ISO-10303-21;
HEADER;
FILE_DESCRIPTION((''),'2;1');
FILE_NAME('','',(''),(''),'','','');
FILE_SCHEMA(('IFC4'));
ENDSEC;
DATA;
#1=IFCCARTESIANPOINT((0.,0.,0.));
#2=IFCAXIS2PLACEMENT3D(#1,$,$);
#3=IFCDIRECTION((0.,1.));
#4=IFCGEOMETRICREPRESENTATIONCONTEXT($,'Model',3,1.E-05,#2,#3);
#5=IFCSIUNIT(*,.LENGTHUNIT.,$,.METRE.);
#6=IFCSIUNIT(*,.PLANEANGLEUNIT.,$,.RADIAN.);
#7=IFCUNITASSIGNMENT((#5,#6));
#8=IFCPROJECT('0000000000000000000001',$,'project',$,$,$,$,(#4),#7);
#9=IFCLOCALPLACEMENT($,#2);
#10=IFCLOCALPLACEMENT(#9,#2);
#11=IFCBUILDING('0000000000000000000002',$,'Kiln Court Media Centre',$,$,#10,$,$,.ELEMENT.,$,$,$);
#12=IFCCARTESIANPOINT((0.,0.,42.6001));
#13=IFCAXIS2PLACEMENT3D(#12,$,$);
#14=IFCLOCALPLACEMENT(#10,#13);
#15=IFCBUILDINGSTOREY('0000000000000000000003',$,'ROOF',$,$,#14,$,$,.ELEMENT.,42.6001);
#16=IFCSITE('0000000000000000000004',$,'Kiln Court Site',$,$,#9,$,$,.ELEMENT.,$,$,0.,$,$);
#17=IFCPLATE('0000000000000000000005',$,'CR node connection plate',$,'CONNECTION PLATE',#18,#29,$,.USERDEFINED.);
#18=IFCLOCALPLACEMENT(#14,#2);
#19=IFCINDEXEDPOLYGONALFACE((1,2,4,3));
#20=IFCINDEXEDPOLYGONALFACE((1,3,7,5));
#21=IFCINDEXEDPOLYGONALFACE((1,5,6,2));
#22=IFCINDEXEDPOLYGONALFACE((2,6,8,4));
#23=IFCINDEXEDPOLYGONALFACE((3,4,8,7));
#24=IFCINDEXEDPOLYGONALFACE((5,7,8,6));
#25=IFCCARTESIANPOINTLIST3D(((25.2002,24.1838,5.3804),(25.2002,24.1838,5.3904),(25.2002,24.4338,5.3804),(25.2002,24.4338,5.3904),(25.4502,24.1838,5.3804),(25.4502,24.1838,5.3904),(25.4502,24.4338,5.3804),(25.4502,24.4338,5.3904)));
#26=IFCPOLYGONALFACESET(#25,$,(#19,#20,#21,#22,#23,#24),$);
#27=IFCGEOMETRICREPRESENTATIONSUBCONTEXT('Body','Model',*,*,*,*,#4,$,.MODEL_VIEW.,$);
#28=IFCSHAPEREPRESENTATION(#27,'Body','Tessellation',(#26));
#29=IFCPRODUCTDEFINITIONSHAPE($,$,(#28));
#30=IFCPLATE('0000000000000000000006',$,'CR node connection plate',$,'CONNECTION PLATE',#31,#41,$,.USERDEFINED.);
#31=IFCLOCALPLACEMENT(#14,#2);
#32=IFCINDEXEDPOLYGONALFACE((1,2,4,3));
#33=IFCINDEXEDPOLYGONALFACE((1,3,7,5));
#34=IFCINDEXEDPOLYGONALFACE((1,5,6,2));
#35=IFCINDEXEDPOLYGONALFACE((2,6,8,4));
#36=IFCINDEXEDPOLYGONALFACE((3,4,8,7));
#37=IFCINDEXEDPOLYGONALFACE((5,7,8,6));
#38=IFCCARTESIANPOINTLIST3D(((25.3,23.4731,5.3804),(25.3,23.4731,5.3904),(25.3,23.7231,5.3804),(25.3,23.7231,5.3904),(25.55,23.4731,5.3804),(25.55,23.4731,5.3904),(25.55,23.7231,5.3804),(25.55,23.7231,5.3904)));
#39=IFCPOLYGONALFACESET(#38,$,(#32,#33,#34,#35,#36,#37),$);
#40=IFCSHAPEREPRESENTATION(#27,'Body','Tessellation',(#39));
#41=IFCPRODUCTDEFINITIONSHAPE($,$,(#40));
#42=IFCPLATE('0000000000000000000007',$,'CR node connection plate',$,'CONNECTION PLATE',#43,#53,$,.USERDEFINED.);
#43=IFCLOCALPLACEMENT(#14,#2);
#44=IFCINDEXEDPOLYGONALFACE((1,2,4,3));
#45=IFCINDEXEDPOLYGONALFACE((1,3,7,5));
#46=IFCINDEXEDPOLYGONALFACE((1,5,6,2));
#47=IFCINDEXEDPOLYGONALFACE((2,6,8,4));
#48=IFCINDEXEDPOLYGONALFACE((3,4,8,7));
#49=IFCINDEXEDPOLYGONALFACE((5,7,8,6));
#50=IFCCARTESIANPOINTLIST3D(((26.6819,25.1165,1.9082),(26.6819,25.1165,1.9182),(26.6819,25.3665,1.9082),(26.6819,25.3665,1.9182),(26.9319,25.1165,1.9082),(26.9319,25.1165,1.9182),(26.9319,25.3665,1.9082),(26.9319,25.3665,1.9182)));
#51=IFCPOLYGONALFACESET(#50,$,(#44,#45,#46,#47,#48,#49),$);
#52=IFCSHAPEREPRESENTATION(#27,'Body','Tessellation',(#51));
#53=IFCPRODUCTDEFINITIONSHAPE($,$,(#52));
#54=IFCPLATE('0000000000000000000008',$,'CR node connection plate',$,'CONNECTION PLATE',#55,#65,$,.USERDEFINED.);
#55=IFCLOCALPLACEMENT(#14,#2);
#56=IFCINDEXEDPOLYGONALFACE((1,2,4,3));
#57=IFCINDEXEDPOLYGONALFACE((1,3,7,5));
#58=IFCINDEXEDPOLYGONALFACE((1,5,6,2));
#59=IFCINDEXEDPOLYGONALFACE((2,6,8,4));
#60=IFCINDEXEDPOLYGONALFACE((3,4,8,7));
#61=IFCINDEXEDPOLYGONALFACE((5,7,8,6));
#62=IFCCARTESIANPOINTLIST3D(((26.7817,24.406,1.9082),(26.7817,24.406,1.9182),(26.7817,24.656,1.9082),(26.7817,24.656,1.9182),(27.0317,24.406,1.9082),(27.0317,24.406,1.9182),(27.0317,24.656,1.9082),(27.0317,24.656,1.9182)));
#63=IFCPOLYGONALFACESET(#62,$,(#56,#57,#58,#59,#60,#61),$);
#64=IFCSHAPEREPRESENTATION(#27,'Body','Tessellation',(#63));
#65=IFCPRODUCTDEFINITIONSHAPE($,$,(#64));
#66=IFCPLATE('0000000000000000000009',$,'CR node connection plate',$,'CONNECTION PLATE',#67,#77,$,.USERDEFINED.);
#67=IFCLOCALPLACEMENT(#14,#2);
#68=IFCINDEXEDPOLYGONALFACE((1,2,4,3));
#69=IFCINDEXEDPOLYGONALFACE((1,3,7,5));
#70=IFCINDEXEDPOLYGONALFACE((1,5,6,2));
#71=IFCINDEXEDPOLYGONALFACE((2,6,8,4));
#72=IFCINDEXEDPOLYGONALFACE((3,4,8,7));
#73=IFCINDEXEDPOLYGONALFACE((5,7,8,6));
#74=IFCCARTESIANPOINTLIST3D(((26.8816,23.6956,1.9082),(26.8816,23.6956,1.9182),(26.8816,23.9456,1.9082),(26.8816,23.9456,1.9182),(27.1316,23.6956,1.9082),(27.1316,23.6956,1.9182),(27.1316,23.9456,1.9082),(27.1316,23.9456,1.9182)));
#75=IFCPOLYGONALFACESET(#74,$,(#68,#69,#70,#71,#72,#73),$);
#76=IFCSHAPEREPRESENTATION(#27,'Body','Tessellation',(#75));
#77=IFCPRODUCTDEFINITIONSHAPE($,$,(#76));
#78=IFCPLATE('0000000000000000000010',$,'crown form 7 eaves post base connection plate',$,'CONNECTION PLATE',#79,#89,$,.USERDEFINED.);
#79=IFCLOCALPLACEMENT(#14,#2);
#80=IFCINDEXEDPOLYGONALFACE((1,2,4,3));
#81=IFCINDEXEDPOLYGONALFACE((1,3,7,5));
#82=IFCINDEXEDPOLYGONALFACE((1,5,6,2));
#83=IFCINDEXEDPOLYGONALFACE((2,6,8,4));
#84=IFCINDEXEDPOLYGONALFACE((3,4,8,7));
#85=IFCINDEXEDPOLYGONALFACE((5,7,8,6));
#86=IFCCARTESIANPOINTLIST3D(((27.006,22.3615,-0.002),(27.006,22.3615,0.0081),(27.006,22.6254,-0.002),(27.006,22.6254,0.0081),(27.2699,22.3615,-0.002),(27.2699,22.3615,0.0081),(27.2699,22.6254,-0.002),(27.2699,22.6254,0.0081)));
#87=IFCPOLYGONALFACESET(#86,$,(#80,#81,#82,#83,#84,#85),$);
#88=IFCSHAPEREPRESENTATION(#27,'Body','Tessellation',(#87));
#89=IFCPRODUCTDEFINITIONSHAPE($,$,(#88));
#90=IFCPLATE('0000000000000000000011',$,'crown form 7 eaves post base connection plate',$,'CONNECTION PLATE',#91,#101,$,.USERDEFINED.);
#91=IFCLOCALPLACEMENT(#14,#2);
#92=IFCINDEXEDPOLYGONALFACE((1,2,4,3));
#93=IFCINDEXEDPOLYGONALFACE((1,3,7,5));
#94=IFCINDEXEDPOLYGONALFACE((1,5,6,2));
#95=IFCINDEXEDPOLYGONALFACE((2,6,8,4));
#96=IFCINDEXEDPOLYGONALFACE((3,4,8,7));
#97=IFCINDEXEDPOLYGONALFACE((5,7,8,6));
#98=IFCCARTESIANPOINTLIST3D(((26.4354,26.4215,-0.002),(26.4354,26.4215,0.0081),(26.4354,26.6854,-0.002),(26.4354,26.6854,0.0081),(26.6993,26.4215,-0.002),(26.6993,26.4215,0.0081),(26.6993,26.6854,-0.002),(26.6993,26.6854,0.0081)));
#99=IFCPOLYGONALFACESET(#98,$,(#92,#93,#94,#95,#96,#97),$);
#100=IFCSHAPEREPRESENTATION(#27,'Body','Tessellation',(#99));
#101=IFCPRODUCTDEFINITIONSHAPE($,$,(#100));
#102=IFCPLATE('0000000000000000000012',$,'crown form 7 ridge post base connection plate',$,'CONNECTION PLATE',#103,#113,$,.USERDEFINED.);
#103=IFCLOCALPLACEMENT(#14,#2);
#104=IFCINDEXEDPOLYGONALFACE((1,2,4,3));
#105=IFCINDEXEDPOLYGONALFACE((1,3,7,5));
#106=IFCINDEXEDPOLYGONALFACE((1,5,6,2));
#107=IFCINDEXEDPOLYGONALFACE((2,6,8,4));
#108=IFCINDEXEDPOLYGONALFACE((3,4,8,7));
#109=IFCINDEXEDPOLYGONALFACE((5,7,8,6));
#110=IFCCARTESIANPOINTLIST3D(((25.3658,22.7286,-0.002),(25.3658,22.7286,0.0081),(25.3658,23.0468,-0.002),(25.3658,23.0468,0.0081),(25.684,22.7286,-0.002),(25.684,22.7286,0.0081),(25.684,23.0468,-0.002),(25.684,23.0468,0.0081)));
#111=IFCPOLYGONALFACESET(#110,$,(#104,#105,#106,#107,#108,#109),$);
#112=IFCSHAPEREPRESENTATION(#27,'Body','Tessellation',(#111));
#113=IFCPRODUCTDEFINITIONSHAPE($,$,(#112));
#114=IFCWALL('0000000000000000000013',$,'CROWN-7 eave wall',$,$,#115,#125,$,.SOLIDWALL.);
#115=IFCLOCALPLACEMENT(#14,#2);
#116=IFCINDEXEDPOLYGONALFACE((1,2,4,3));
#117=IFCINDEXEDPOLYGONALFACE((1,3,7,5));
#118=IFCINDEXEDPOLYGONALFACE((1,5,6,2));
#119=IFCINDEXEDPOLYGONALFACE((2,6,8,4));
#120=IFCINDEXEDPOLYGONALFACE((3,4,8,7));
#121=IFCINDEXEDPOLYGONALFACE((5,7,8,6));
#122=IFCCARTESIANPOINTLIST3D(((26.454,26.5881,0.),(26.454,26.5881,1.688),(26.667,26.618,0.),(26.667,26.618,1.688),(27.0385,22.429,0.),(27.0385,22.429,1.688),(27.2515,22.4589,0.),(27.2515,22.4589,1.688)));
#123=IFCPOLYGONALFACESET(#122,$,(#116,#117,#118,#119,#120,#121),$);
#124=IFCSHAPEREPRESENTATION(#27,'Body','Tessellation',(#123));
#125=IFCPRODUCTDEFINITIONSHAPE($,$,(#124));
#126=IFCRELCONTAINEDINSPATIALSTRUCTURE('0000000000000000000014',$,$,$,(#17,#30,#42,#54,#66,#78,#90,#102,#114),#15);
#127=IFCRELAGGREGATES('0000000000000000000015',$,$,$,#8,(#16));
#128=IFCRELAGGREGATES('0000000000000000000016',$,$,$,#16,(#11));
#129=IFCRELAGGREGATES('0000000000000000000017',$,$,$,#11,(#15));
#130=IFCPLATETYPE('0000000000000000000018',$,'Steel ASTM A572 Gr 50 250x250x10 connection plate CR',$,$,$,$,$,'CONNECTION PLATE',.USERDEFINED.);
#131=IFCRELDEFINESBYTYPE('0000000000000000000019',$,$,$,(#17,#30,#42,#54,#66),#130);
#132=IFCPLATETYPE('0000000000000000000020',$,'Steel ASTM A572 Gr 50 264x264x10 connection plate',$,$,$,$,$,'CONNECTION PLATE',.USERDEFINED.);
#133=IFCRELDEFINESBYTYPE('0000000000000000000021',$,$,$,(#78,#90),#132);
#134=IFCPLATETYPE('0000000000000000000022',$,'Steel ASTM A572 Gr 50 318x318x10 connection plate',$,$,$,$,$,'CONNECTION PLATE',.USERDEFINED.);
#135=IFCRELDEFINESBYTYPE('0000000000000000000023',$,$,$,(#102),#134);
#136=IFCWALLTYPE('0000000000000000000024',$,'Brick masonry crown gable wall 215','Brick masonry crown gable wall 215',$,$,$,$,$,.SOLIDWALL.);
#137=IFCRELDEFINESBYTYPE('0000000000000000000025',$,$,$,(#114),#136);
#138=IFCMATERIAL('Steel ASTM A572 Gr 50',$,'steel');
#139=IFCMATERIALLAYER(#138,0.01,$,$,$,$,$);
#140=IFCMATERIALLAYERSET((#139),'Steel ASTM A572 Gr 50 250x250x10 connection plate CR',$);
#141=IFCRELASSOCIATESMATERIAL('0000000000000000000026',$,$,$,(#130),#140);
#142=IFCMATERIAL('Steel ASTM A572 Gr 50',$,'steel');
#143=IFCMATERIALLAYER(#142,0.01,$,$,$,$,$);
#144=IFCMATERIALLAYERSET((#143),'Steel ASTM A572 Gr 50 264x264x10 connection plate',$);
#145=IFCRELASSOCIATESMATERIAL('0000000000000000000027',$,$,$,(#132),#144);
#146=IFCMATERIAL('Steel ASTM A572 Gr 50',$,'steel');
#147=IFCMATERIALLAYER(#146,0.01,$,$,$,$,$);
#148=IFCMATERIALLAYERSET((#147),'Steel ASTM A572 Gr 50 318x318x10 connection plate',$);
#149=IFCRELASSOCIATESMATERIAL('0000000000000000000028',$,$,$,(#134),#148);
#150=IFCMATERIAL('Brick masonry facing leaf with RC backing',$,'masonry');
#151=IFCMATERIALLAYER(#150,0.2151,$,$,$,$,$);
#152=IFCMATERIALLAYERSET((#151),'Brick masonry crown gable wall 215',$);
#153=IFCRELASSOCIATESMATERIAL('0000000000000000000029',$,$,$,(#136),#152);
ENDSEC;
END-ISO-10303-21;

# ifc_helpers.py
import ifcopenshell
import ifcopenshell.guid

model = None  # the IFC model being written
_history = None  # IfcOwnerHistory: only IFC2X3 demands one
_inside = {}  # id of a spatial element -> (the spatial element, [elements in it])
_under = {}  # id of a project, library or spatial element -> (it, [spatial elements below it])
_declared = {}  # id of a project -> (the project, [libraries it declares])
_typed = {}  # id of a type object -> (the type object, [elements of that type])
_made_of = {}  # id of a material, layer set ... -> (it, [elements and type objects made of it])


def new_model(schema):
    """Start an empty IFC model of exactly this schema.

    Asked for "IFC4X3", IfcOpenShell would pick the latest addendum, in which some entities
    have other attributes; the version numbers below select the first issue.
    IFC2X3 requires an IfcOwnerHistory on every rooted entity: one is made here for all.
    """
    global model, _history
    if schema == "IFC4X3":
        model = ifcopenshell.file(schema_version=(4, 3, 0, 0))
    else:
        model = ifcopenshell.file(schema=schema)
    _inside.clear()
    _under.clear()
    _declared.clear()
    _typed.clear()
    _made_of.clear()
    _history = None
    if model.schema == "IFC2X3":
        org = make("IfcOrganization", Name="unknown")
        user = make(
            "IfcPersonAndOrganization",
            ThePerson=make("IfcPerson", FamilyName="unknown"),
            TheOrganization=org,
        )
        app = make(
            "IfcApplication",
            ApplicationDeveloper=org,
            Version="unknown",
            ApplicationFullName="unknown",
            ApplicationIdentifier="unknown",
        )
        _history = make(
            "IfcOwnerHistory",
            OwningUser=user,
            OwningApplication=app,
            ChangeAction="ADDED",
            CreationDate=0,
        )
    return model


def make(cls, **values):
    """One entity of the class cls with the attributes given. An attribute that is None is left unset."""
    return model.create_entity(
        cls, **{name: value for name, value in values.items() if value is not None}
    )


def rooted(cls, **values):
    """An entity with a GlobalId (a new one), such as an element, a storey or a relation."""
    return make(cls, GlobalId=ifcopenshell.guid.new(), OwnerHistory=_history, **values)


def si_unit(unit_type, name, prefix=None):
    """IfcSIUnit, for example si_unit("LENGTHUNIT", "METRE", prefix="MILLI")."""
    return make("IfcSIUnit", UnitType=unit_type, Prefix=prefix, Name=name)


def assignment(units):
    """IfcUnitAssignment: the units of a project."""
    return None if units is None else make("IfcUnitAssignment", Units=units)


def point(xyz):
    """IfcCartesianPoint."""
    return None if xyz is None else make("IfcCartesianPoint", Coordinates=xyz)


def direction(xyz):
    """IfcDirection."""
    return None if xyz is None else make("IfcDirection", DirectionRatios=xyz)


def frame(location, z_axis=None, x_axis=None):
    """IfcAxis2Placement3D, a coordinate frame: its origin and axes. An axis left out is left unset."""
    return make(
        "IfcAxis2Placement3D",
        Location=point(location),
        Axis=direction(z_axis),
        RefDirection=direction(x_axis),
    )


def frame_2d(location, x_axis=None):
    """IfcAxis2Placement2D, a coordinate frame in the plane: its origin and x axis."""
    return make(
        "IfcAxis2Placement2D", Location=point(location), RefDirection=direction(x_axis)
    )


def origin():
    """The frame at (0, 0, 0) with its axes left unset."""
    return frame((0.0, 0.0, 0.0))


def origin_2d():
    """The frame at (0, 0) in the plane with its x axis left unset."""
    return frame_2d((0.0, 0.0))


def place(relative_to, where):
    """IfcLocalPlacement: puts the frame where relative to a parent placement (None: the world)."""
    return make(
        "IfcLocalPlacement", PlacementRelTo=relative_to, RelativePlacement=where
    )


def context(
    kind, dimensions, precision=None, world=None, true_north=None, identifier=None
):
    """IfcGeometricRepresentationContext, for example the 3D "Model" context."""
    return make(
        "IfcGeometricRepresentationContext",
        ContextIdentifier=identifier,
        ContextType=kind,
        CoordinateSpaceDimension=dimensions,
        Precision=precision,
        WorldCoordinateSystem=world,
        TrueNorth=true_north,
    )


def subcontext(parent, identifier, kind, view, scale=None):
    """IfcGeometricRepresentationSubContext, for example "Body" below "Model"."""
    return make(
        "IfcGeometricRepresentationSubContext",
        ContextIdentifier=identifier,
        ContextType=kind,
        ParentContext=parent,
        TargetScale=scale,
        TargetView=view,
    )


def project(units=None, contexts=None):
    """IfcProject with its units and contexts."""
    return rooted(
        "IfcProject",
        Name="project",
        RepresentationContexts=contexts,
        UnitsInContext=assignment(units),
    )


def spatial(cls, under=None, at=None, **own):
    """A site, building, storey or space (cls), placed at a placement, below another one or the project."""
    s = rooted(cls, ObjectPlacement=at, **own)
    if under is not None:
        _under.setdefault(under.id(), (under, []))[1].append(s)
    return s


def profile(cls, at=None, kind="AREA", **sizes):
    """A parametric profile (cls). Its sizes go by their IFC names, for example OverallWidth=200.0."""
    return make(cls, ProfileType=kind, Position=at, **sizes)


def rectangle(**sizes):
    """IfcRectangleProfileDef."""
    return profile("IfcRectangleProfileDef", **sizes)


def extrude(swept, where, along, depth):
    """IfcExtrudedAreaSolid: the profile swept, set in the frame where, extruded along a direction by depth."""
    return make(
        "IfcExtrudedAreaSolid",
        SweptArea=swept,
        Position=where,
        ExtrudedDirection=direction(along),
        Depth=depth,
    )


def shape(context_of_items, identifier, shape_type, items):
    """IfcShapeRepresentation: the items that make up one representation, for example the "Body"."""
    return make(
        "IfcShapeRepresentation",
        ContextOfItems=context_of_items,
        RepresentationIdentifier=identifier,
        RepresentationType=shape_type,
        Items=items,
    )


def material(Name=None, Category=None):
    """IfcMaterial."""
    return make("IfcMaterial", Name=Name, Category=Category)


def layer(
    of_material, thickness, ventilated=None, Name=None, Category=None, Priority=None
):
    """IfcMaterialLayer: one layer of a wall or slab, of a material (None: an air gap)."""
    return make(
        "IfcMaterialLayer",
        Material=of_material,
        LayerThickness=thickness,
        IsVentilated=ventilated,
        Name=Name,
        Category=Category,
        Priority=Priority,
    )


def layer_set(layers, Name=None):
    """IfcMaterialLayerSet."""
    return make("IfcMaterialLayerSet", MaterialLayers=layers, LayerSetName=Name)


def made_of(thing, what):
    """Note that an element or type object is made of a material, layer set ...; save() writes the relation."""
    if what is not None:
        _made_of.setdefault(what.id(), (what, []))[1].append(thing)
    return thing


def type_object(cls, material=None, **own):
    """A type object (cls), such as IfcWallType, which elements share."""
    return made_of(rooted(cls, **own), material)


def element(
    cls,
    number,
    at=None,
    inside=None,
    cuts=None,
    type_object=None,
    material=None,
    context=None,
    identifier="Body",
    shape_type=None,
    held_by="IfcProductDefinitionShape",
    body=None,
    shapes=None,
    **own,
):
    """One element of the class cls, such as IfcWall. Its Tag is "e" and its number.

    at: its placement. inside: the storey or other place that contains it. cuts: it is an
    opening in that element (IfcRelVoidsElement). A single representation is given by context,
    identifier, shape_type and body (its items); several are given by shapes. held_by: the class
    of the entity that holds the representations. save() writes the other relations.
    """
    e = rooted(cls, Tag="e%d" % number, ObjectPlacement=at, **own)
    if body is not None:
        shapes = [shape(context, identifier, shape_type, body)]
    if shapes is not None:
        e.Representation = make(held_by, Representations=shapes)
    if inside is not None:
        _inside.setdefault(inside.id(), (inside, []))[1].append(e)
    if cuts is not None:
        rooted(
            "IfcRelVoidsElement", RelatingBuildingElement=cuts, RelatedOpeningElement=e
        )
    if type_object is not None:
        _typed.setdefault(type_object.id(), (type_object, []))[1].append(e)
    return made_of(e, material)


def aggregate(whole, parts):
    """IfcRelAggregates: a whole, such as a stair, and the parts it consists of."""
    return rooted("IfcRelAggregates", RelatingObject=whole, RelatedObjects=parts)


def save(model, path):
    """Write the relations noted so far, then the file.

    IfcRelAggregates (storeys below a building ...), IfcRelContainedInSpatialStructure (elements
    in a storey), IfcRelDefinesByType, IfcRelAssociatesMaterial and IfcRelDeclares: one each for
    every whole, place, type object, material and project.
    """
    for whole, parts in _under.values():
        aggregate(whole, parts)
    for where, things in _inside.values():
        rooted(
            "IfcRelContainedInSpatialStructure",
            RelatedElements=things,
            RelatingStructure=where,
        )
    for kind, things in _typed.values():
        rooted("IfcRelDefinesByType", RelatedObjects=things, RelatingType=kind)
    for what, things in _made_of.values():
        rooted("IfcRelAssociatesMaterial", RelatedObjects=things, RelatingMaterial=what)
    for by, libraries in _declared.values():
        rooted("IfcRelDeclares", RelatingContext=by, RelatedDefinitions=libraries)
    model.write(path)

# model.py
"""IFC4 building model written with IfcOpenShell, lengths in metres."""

from ifc_helpers import new_model, si_unit, direction, frame, frame_2d, origin, origin_2d, place, context, subcontext, project, spatial, rectangle, extrude, material, layer, layer_set, type_object, element, save


model = new_model("IFC4")

# Units and contexts
model_context = context("Model", 3, precision=1e-05, world=origin(), true_north=direction((0.0, 1.0)))
body_context = subcontext(model_context, "Body", "Model", "MODEL_VIEW")
ifc_project = project(units=[si_unit("LENGTHUNIT", "METRE"), si_unit("PLANEANGLEUNIT", "RADIAN")], contexts=[model_context])

# Site, building, storey
site_placement = place(None, origin())
site = spatial("IfcSite", under=ifc_project, at=site_placement, Name="Kiln Court Site", CompositionType="ELEMENT", RefElevation=0.0)
building_placement = place(site_placement, origin())
building = spatial("IfcBuilding", under=site, at=building_placement, Name="Kiln Court Media Centre", CompositionType="ELEMENT")
storey_placement = place(building_placement, frame((0.0, 0.0, 42.6001)))
storey = spatial("IfcBuildingStorey", under=building, at=storey_placement, Name="ROOF", CompositionType="ELEMENT", Elevation=42.6001)

# Plates
ifc_material_1 = material(Name="Steel ASTM A572 Gr 50", Category="steel")
ifc_layer_1 = layer(ifc_material_1, 0.01)
ifc_layer_set_1 = layer_set([ifc_layer_1], Name="Steel ASTM A572 Gr 50 250x250x10 connection plate CR")
plate_type_1 = type_object("IfcPlateType", Name="Steel ASTM A572 Gr 50 250x250x10 connection plate CR", ElementType="CONNECTION PLATE", PredefinedType="USERDEFINED", material=ifc_layer_set_1)
for number, where, z_axis, x_axis, name in (
    (1, (25.3252, 24.3088, 5.3804), (0.0, 0.0, 1.0), (1.0, 0.0, 0.0), "CR node connection plate"),
    (2, (25.425, 23.5981, 5.3804), (0.0, 0.0, 1.0), (1.0, 0.0, 0.0), "CR node connection plate"),
    (3, (26.8069, 25.2415, 1.9082), (0.0, 0.0, 1.0), (1.0, 0.0, 0.0), "CR node connection plate"),
    (4, (26.9067, 24.531, 1.9082), (0.0, 0.0, 1.0), (1.0, 0.0, 0.0), "CR node connection plate"),
    (5, (27.0066, 23.8206, 1.9082), (0.0, 0.0, 1.0), (1.0, 0.0, 0.0), "CR node connection plate"),
):
    element("IfcPlate", number, at=place(storey_placement, frame(where, z_axis=z_axis, x_axis=x_axis)), inside=storey, type_object=plate_type_1, Name=name, ObjectType="CONNECTION PLATE", PredefinedType="USERDEFINED", context=body_context, shape_type="SweptSolid", body=[
        extrude(rectangle(XDim=0.25, YDim=0.25, at=origin_2d()), origin(), (0.0, 0.0, 1.0), 0.01),
    ])
ifc_material_2 = material(Name="Steel ASTM A572 Gr 50", Category="steel")
ifc_layer_2 = layer(ifc_material_2, 0.01)
ifc_layer_set_2 = layer_set([ifc_layer_2], Name="Steel ASTM A572 Gr 50 264x264x10 connection plate")
plate_type_2 = type_object("IfcPlateType", Name="Steel ASTM A572 Gr 50 264x264x10 connection plate", ElementType="CONNECTION PLATE", PredefinedType="USERDEFINED", material=ifc_layer_set_2)
for number, where, z_axis, x_axis, name in (
    (6, (27.1379, 22.4934, -0.002), (0.0, 0.0, 1.0), (1.0, 0.0, 0.0), "crown form 7 eaves post base connection plate"),
    (7, (26.5674, 26.5535, -0.002), (0.0, 0.0, 1.0), (1.0, 0.0, 0.0), "crown form 7 eaves post base connection plate"),
):
    element("IfcPlate", number, at=place(storey_placement, frame(where, z_axis=z_axis, x_axis=x_axis)), inside=storey, type_object=plate_type_2, Name=name, ObjectType="CONNECTION PLATE", PredefinedType="USERDEFINED", context=body_context, shape_type="SweptSolid", body=[
        extrude(rectangle(XDim=0.2639, YDim=0.2639, at=origin_2d()), origin(), (0.0, 0.0, 1.0), 0.01),
    ])
ifc_material_3 = material(Name="Steel ASTM A572 Gr 50", Category="steel")
ifc_layer_3 = layer(ifc_material_3, 0.01)
ifc_layer_set_3 = layer_set([ifc_layer_3], Name="Steel ASTM A572 Gr 50 318x318x10 connection plate")
plate_type_3 = type_object("IfcPlateType", Name="Steel ASTM A572 Gr 50 318x318x10 connection plate", ElementType="CONNECTION PLATE", PredefinedType="USERDEFINED", material=ifc_layer_set_3)
plate_placement = place(storey_placement, frame((25.5249, 22.8877, -0.002), z_axis=(0.0, 0.0, 1.0), x_axis=(1.0, 0.0, 0.0)))
element("IfcPlate", 8, at=plate_placement, inside=storey, type_object=plate_type_3, Name="crown form 7 ridge post base connection plate", ObjectType="CONNECTION PLATE", PredefinedType="USERDEFINED", context=body_context, shape_type="SweptSolid", body=[
    extrude(rectangle(XDim=0.3181, YDim=0.3181, at=origin_2d()), origin(), (0.0, 0.0, 1.0), 0.01),
])

# Wall
ifc_material_4 = material(Name="Brick masonry facing leaf with RC backing", Category="masonry")
ifc_layer_4 = layer(ifc_material_4, 0.2151)
ifc_layer_set_4 = layer_set([ifc_layer_4], Name="Brick masonry crown gable wall 215")
wall_type = type_object("IfcWallType", Name="Brick masonry crown gable wall 215", Description="Brick masonry crown gable wall 215", PredefinedType="SOLIDWALL", material=ifc_layer_set_4)
wall_placement = place(storey_placement, frame((27.145, 22.4438, 0.0), z_axis=(0.0, 0.0, 1.0), x_axis=(-0.139159, 0.99027, 0.0)))
element("IfcWall", 9, at=wall_placement, inside=storey, type_object=wall_type, Name="CROWN-7 eave wall", PredefinedType="SOLIDWALL", context=body_context, shape_type="SweptSolid", body=[
    extrude(rectangle(XDim=4.2, YDim=0.2151, at=frame_2d((2.1001, 0.0))), origin(), (0.0, 0.0, 1.0), 1.688),
])

save(model, "model.ifc")
